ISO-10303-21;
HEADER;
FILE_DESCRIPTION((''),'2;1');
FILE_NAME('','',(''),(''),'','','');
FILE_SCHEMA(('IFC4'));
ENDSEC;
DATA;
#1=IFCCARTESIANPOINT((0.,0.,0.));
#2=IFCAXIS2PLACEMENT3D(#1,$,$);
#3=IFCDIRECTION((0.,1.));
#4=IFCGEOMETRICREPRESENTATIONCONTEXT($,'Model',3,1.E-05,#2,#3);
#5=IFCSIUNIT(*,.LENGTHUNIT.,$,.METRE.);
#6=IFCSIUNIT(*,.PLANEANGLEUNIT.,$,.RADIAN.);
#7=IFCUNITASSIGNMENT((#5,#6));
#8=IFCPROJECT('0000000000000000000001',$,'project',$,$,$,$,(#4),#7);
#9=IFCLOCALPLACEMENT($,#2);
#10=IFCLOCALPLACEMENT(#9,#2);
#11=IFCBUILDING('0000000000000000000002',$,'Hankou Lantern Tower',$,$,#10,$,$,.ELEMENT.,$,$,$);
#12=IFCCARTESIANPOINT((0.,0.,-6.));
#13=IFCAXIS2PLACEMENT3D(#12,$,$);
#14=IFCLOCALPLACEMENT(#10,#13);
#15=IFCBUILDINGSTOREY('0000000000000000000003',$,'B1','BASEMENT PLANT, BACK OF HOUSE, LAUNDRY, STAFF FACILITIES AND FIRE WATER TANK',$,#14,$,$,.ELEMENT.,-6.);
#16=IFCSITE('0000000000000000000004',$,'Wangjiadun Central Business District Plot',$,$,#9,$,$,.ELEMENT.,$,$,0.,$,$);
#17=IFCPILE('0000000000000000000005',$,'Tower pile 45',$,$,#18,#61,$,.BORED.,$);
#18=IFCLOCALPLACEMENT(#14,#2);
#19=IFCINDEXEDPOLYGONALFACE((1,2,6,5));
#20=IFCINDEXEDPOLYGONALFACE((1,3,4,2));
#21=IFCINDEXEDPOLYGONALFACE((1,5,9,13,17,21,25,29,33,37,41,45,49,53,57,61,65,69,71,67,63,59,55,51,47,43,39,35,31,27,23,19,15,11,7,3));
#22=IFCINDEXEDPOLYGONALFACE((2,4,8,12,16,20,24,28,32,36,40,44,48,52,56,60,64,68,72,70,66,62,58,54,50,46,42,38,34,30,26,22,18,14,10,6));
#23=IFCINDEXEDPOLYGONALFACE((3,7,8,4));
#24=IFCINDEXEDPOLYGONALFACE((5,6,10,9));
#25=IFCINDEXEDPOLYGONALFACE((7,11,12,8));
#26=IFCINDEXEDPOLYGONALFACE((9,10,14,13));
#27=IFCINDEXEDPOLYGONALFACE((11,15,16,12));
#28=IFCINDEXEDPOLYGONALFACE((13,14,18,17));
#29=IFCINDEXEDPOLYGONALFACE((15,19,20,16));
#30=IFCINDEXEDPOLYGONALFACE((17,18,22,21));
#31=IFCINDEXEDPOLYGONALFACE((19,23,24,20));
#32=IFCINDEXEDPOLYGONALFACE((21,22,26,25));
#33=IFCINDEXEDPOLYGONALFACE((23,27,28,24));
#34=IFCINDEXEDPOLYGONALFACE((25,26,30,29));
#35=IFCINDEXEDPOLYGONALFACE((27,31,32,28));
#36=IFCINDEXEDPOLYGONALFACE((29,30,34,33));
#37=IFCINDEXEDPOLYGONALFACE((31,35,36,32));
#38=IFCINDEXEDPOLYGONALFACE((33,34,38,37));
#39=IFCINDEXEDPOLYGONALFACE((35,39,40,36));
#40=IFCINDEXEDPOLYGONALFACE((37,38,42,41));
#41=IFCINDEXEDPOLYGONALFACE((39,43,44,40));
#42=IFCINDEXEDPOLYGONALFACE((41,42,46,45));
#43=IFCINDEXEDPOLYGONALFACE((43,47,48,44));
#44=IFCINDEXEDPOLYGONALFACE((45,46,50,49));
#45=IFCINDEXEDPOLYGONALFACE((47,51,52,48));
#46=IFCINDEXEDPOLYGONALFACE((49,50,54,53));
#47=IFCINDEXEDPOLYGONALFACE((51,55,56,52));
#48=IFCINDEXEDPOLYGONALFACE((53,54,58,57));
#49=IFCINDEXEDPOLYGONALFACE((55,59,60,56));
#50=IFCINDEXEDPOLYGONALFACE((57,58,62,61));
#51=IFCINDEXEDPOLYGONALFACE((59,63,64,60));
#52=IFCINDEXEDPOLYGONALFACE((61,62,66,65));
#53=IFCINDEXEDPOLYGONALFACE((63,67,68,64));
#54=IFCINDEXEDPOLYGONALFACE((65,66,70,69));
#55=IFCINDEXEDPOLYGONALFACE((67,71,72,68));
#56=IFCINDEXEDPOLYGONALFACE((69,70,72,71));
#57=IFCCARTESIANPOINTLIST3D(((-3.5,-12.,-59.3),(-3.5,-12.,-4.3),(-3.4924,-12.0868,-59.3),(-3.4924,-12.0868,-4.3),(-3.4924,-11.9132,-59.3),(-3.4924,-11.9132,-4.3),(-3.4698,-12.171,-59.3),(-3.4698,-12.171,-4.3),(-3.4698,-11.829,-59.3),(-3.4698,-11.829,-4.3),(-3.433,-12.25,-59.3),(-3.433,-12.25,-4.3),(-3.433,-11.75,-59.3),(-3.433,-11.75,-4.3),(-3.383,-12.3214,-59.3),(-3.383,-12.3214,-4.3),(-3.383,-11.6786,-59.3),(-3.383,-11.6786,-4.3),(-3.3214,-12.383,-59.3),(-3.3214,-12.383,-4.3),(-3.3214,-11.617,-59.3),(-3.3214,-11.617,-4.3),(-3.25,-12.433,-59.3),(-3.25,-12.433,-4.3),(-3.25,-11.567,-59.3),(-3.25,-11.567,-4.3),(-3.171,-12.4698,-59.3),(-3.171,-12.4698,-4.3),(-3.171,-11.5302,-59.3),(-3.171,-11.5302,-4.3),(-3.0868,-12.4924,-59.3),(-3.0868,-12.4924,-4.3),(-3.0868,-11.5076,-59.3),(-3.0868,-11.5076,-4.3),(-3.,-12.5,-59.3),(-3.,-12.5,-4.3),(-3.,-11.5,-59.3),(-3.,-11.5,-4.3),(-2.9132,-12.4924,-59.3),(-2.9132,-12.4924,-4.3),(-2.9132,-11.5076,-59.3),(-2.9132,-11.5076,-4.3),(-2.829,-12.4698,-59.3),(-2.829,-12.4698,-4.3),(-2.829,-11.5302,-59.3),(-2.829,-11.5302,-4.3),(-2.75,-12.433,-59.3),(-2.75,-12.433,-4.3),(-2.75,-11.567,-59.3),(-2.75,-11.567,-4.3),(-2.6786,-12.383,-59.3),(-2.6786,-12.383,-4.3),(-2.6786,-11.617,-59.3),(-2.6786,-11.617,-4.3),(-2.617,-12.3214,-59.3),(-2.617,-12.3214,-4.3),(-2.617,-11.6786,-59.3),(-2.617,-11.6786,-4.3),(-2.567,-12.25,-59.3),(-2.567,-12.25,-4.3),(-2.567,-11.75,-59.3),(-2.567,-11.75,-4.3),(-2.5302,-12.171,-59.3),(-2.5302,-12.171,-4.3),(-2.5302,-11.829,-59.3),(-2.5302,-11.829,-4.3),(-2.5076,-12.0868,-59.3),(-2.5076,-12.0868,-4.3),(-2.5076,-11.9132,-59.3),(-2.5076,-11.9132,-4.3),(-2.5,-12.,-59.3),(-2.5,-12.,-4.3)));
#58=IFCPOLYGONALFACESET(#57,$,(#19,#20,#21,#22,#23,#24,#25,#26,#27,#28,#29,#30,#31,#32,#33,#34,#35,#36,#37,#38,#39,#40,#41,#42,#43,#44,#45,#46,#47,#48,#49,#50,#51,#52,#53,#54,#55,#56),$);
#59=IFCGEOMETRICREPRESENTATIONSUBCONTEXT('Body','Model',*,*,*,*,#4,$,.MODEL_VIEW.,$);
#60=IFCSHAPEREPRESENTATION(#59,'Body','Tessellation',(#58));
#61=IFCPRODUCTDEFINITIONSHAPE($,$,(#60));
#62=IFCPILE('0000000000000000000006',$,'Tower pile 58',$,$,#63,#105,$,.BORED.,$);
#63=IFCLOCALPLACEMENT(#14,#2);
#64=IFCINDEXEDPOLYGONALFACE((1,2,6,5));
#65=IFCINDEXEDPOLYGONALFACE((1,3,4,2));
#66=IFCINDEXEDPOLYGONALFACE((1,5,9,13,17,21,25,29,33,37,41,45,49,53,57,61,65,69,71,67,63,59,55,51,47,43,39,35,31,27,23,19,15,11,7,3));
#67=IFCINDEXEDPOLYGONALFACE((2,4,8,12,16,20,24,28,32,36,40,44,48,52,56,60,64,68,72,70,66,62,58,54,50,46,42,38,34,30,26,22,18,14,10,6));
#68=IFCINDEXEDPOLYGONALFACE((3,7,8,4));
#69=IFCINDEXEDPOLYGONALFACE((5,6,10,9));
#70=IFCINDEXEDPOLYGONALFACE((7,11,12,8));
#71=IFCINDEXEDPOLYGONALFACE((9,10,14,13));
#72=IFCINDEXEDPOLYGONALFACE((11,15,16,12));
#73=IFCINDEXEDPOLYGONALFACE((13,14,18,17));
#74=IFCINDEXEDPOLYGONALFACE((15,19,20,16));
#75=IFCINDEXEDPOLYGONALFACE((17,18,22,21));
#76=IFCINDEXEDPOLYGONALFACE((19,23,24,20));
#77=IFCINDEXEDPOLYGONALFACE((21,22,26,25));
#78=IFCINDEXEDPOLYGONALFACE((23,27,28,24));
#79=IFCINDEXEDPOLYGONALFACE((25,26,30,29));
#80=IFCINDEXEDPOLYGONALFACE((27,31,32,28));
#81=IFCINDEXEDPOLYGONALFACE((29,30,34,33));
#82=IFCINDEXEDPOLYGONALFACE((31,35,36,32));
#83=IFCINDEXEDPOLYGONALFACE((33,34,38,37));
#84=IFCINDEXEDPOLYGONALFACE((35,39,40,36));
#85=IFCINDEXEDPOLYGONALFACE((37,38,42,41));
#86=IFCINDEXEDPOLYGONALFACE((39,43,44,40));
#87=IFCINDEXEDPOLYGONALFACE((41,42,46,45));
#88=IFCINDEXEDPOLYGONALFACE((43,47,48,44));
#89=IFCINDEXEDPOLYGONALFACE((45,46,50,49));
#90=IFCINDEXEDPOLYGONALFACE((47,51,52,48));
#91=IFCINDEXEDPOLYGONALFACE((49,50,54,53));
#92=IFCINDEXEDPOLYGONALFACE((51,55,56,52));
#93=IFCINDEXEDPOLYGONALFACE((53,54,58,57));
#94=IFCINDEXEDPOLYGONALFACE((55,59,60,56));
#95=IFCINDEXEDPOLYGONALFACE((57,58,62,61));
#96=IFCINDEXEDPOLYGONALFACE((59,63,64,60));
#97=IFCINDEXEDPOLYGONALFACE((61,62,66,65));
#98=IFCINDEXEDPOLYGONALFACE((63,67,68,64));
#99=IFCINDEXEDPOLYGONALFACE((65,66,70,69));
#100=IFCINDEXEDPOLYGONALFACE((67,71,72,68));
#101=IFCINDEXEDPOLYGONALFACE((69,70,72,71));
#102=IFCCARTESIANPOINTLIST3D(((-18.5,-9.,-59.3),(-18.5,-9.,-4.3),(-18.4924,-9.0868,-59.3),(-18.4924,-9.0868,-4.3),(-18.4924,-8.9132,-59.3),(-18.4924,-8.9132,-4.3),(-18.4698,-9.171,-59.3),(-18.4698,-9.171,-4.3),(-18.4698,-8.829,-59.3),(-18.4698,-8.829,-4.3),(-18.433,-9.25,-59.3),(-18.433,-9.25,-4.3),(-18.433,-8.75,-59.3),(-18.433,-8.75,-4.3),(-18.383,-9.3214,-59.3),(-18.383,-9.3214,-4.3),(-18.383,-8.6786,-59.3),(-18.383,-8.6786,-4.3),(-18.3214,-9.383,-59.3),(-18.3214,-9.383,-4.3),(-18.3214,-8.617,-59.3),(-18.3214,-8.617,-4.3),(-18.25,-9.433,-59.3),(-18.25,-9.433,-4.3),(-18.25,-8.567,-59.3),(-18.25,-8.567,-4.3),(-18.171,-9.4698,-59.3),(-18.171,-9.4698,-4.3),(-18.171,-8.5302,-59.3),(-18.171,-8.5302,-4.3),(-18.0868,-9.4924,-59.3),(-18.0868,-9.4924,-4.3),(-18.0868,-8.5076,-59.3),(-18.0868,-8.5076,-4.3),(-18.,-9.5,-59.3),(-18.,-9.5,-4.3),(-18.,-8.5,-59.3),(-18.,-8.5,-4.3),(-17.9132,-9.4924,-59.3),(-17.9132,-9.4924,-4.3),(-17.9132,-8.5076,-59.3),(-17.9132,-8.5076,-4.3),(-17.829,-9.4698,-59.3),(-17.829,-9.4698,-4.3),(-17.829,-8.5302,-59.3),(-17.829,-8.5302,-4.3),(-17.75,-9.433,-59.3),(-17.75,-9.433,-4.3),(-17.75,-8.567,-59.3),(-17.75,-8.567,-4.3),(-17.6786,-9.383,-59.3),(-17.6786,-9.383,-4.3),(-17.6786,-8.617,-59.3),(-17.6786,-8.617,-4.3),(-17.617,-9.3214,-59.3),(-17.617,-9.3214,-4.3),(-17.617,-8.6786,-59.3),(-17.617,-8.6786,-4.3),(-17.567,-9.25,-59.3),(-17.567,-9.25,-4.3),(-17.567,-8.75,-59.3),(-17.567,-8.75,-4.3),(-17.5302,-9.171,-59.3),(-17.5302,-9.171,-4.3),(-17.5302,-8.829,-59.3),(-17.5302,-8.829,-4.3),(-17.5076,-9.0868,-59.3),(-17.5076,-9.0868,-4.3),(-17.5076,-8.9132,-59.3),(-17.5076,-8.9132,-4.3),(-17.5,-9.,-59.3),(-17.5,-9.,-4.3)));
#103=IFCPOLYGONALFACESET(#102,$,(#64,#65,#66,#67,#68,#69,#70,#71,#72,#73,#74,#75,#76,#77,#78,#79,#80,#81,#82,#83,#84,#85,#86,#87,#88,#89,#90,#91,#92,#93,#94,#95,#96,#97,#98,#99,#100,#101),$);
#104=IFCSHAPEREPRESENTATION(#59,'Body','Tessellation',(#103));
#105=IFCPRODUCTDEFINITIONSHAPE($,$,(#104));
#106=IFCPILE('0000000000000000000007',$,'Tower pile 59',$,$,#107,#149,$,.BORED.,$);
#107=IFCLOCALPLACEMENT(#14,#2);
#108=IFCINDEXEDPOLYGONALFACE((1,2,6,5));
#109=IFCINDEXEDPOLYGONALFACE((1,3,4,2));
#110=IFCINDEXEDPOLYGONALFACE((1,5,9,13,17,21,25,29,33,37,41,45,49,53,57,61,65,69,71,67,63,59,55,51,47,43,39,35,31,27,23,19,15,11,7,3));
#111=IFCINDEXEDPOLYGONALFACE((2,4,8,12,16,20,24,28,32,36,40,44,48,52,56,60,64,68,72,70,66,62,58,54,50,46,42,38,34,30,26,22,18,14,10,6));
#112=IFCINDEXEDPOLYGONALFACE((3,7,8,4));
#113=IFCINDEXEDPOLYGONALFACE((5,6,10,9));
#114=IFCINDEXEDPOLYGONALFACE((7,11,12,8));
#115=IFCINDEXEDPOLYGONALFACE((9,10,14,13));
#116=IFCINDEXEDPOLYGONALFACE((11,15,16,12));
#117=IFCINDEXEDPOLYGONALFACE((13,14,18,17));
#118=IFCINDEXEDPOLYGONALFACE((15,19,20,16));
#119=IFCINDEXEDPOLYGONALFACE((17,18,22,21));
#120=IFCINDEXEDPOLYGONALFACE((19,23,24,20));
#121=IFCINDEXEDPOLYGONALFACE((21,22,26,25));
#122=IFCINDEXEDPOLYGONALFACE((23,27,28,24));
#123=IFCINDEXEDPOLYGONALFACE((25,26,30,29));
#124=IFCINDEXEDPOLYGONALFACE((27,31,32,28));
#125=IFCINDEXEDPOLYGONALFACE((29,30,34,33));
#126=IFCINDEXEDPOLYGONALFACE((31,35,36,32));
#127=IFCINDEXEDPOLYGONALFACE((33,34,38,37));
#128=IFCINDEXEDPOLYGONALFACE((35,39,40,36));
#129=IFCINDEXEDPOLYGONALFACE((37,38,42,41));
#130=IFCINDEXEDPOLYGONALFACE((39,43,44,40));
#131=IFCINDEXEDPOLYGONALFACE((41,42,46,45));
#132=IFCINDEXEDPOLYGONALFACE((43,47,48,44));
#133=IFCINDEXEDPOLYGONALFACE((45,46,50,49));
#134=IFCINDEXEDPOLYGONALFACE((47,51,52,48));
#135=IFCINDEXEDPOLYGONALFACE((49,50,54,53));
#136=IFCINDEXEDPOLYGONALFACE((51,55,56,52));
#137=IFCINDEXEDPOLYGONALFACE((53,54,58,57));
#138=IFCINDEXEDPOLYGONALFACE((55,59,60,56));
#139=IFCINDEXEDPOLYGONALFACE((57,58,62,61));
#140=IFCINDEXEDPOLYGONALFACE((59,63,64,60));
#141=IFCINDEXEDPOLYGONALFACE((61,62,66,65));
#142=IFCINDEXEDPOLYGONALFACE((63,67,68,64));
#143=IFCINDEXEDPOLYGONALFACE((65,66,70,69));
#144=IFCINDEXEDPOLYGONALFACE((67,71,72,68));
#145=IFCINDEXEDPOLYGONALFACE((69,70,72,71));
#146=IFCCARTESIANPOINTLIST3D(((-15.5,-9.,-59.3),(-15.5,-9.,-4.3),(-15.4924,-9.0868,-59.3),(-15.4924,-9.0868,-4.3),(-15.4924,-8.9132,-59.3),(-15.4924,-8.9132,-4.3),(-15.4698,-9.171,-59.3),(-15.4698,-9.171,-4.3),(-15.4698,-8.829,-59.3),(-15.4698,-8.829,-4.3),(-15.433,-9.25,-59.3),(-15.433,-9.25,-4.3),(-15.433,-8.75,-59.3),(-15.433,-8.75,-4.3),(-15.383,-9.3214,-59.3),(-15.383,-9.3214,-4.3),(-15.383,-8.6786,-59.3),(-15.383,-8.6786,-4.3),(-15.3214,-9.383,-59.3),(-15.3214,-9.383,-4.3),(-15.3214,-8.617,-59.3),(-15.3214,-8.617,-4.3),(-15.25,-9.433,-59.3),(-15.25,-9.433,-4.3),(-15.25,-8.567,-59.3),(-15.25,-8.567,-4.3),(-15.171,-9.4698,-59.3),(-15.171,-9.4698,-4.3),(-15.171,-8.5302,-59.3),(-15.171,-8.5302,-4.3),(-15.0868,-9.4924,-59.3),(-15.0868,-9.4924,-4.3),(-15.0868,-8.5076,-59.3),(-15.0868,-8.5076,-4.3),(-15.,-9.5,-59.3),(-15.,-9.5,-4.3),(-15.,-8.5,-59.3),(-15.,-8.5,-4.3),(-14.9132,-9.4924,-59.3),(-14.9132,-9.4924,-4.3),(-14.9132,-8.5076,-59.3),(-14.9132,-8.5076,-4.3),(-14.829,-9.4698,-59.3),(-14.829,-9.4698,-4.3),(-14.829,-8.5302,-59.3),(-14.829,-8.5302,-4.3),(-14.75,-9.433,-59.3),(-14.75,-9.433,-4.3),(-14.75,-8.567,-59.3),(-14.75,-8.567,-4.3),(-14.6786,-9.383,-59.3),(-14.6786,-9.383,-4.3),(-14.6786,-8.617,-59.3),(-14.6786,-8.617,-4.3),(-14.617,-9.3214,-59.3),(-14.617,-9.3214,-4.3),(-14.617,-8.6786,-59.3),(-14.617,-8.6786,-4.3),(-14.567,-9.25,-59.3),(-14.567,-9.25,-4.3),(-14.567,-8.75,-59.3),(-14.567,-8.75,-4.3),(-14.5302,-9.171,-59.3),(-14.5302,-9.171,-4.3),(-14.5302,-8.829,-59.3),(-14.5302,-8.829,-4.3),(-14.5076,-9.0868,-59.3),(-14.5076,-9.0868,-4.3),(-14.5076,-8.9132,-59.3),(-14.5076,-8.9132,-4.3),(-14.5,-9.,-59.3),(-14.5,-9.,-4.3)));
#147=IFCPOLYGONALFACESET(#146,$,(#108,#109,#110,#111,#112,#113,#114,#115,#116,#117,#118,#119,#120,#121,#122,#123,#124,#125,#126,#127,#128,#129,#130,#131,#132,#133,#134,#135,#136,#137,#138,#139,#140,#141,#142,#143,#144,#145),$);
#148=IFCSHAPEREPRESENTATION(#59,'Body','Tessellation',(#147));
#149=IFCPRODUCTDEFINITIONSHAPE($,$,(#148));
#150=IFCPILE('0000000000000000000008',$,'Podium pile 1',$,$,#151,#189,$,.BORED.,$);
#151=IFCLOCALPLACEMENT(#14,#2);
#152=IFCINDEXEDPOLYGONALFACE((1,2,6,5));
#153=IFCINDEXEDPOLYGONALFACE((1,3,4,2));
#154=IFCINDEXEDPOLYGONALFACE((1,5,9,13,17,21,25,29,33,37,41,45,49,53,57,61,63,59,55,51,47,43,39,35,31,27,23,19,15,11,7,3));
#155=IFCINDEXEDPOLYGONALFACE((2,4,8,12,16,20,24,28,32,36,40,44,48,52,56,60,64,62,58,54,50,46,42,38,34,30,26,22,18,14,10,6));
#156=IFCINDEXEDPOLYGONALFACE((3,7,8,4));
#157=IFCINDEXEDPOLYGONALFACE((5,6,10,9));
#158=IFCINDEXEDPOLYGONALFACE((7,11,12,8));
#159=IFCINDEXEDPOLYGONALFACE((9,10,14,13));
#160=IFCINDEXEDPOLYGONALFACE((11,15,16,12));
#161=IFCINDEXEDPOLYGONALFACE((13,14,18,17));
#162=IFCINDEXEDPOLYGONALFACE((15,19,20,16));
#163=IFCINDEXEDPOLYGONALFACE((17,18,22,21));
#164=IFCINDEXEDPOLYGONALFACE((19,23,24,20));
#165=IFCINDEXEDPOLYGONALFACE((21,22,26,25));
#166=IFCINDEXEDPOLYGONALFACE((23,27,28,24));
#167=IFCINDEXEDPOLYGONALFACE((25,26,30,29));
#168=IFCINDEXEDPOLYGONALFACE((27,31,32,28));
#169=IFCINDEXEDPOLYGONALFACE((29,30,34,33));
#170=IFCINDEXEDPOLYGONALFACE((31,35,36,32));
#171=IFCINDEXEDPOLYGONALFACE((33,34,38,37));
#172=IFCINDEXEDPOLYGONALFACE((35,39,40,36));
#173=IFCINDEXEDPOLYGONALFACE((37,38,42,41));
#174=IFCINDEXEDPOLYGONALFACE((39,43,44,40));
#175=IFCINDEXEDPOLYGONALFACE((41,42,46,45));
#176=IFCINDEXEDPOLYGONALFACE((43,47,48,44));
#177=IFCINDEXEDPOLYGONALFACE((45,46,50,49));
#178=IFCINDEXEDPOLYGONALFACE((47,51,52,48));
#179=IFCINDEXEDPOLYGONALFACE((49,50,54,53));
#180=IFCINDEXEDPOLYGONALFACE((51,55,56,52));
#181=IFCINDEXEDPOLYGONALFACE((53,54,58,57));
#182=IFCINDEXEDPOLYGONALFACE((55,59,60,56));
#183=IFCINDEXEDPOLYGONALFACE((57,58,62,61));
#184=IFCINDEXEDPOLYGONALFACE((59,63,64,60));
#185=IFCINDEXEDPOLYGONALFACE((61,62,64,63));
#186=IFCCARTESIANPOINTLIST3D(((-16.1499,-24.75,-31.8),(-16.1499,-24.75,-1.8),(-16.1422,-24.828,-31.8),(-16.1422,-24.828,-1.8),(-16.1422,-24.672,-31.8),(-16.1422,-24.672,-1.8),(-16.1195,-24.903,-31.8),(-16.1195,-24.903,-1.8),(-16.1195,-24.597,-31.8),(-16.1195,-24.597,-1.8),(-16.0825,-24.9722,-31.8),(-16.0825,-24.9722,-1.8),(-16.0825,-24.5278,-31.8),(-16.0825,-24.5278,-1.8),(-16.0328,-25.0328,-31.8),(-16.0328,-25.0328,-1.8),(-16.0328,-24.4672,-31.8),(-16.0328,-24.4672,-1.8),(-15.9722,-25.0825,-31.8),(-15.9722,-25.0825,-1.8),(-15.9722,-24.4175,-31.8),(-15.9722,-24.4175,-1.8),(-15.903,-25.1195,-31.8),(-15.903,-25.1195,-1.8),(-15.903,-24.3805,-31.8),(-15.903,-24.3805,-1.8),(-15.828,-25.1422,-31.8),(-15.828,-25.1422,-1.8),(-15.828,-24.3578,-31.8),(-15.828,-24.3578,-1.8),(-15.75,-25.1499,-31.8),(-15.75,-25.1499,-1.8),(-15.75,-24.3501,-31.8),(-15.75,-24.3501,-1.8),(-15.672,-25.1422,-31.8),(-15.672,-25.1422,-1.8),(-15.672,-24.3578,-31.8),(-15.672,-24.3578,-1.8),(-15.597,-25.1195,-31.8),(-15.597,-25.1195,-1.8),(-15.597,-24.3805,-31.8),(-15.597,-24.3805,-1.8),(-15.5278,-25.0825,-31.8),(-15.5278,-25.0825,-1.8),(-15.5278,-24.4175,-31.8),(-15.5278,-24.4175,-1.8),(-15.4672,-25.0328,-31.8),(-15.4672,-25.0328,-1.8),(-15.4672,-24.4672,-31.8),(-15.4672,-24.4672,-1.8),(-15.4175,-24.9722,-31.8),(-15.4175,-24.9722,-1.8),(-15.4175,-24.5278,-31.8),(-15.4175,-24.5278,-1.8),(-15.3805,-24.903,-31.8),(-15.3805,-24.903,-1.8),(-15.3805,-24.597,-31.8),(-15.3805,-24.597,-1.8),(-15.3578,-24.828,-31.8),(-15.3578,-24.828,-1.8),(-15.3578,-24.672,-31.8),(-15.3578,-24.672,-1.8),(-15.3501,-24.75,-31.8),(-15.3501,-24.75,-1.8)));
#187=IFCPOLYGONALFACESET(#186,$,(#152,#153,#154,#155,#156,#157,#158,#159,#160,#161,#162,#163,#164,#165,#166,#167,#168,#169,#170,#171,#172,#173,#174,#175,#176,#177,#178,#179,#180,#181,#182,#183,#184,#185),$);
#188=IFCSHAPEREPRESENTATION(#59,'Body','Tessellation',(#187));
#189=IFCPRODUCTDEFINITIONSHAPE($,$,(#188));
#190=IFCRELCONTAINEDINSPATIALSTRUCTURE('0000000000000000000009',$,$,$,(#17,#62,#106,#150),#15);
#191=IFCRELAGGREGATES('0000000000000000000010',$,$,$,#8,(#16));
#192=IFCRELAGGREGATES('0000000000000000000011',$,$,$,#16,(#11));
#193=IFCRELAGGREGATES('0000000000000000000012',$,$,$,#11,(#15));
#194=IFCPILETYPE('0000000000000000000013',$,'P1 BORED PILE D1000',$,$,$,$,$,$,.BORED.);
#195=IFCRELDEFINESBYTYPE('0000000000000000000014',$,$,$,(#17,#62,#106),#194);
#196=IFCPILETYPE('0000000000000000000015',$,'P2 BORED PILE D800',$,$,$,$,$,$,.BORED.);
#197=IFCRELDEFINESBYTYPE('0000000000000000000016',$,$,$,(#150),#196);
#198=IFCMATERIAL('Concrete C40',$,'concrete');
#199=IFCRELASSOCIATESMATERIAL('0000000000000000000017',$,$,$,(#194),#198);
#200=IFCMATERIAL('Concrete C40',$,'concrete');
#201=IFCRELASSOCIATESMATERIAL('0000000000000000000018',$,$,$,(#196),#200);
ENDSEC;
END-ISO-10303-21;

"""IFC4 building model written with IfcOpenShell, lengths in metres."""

from ifc_helpers import new_model, si_unit, direction, frame, origin, origin_2d, place, context, subcontext, project, spatial, circle, extrude, material, material_profile, profile_set, type_object, element, save


model = new_model("IFC4")

# Units and contexts
model_context = context("Model", 3, precision=1e-05, world=origin(), true_north=direction((0.0, 1.0)))
body_context = subcontext(model_context, "Body", "Model", "MODEL_VIEW")
ifc_project = project(units=[si_unit("LENGTHUNIT", "METRE"), si_unit("PLANEANGLEUNIT", "RADIAN")], contexts=[model_context])

# Site, building, storey
site_placement = place(None, origin())
site = spatial("IfcSite", under=ifc_project, at=site_placement, Name="Wangjiadun Central Business District Plot", CompositionType="ELEMENT", RefElevation=0.0)
building_placement = place(site_placement, origin())
building = spatial("IfcBuilding", under=site, at=building_placement, Name="Hankou Lantern Tower", CompositionType="ELEMENT")
storey_placement = place(building_placement, frame((0.0, 0.0, -6.0)))
storey = spatial("IfcBuildingStorey", under=building, at=storey_placement, Name="B1", Description="BASEMENT PLANT, BACK OF HOUSE, LAUNDRY, STAFF FACILITIES AND FIRE WATER TANK", CompositionType="ELEMENT", Elevation=-6.0)

# Piles
ifc_material_1 = material(Name="Concrete C40", Category="concrete")
ifc_material_profile_1 = material_profile(ifc_material_1, circle(Radius=0.5, at=origin_2d()), Name="RC D1000")
ifc_profile_set_1 = profile_set([ifc_material_profile_1], Name="Concrete C40")
pile_type_1 = type_object("IfcPileType", Name="P1 BORED PILE D1000", PredefinedType="BORED", material=ifc_profile_set_1)
for number, where, z_axis, x_axis, name in (
    (1, (-3.0, -12.0, -4.3), (0.0, 0.0, -1.0), (1.0, 0.0, 0.0), "Tower pile 45"),
    (2, (-18.0, -9.0, -4.3), (0.0, 0.0, -1.0), (1.0, 0.0, 0.0), "Tower pile 58"),
    (3, (-15.0, -9.0, -4.3), (0.0, 0.0, -1.0), (1.0, 0.0, 0.0), "Tower pile 59"),
):
    element("IfcPile", number, at=place(storey_placement, frame(where, z_axis=z_axis, x_axis=x_axis)), inside=storey, type_object=pile_type_1, Name=name, PredefinedType="BORED", context=body_context, shape_type="SweptSolid", body=[
        extrude(circle(Radius=0.5, at=origin_2d()), origin(), (0.0, 0.0, 1.0), 55.0),
    ])
ifc_material_2 = material(Name="Concrete C40", Category="concrete")
ifc_material_profile_2 = material_profile(ifc_material_2, circle(Radius=0.3999, at=origin_2d()), Name="RC D800")
ifc_profile_set_2 = profile_set([ifc_material_profile_2], Name="Concrete C40")
pile_type_2 = type_object("IfcPileType", Name="P2 BORED PILE D800", PredefinedType="BORED", material=ifc_profile_set_2)
pile_placement = place(storey_placement, frame((-15.75, -24.75, -1.8), z_axis=(0.0, 0.0, -1.0), x_axis=(1.0, 0.0, 0.0)))
element("IfcPile", 4, at=pile_placement, inside=storey, type_object=pile_type_2, Name="Podium pile 1", PredefinedType="BORED", context=body_context, shape_type="SweptSolid", body=[
    extrude(circle(Radius=0.3999, at=origin_2d()), origin(), (0.0, 0.0, 1.0), 30.0),
])

save(model, "model.ifc")
